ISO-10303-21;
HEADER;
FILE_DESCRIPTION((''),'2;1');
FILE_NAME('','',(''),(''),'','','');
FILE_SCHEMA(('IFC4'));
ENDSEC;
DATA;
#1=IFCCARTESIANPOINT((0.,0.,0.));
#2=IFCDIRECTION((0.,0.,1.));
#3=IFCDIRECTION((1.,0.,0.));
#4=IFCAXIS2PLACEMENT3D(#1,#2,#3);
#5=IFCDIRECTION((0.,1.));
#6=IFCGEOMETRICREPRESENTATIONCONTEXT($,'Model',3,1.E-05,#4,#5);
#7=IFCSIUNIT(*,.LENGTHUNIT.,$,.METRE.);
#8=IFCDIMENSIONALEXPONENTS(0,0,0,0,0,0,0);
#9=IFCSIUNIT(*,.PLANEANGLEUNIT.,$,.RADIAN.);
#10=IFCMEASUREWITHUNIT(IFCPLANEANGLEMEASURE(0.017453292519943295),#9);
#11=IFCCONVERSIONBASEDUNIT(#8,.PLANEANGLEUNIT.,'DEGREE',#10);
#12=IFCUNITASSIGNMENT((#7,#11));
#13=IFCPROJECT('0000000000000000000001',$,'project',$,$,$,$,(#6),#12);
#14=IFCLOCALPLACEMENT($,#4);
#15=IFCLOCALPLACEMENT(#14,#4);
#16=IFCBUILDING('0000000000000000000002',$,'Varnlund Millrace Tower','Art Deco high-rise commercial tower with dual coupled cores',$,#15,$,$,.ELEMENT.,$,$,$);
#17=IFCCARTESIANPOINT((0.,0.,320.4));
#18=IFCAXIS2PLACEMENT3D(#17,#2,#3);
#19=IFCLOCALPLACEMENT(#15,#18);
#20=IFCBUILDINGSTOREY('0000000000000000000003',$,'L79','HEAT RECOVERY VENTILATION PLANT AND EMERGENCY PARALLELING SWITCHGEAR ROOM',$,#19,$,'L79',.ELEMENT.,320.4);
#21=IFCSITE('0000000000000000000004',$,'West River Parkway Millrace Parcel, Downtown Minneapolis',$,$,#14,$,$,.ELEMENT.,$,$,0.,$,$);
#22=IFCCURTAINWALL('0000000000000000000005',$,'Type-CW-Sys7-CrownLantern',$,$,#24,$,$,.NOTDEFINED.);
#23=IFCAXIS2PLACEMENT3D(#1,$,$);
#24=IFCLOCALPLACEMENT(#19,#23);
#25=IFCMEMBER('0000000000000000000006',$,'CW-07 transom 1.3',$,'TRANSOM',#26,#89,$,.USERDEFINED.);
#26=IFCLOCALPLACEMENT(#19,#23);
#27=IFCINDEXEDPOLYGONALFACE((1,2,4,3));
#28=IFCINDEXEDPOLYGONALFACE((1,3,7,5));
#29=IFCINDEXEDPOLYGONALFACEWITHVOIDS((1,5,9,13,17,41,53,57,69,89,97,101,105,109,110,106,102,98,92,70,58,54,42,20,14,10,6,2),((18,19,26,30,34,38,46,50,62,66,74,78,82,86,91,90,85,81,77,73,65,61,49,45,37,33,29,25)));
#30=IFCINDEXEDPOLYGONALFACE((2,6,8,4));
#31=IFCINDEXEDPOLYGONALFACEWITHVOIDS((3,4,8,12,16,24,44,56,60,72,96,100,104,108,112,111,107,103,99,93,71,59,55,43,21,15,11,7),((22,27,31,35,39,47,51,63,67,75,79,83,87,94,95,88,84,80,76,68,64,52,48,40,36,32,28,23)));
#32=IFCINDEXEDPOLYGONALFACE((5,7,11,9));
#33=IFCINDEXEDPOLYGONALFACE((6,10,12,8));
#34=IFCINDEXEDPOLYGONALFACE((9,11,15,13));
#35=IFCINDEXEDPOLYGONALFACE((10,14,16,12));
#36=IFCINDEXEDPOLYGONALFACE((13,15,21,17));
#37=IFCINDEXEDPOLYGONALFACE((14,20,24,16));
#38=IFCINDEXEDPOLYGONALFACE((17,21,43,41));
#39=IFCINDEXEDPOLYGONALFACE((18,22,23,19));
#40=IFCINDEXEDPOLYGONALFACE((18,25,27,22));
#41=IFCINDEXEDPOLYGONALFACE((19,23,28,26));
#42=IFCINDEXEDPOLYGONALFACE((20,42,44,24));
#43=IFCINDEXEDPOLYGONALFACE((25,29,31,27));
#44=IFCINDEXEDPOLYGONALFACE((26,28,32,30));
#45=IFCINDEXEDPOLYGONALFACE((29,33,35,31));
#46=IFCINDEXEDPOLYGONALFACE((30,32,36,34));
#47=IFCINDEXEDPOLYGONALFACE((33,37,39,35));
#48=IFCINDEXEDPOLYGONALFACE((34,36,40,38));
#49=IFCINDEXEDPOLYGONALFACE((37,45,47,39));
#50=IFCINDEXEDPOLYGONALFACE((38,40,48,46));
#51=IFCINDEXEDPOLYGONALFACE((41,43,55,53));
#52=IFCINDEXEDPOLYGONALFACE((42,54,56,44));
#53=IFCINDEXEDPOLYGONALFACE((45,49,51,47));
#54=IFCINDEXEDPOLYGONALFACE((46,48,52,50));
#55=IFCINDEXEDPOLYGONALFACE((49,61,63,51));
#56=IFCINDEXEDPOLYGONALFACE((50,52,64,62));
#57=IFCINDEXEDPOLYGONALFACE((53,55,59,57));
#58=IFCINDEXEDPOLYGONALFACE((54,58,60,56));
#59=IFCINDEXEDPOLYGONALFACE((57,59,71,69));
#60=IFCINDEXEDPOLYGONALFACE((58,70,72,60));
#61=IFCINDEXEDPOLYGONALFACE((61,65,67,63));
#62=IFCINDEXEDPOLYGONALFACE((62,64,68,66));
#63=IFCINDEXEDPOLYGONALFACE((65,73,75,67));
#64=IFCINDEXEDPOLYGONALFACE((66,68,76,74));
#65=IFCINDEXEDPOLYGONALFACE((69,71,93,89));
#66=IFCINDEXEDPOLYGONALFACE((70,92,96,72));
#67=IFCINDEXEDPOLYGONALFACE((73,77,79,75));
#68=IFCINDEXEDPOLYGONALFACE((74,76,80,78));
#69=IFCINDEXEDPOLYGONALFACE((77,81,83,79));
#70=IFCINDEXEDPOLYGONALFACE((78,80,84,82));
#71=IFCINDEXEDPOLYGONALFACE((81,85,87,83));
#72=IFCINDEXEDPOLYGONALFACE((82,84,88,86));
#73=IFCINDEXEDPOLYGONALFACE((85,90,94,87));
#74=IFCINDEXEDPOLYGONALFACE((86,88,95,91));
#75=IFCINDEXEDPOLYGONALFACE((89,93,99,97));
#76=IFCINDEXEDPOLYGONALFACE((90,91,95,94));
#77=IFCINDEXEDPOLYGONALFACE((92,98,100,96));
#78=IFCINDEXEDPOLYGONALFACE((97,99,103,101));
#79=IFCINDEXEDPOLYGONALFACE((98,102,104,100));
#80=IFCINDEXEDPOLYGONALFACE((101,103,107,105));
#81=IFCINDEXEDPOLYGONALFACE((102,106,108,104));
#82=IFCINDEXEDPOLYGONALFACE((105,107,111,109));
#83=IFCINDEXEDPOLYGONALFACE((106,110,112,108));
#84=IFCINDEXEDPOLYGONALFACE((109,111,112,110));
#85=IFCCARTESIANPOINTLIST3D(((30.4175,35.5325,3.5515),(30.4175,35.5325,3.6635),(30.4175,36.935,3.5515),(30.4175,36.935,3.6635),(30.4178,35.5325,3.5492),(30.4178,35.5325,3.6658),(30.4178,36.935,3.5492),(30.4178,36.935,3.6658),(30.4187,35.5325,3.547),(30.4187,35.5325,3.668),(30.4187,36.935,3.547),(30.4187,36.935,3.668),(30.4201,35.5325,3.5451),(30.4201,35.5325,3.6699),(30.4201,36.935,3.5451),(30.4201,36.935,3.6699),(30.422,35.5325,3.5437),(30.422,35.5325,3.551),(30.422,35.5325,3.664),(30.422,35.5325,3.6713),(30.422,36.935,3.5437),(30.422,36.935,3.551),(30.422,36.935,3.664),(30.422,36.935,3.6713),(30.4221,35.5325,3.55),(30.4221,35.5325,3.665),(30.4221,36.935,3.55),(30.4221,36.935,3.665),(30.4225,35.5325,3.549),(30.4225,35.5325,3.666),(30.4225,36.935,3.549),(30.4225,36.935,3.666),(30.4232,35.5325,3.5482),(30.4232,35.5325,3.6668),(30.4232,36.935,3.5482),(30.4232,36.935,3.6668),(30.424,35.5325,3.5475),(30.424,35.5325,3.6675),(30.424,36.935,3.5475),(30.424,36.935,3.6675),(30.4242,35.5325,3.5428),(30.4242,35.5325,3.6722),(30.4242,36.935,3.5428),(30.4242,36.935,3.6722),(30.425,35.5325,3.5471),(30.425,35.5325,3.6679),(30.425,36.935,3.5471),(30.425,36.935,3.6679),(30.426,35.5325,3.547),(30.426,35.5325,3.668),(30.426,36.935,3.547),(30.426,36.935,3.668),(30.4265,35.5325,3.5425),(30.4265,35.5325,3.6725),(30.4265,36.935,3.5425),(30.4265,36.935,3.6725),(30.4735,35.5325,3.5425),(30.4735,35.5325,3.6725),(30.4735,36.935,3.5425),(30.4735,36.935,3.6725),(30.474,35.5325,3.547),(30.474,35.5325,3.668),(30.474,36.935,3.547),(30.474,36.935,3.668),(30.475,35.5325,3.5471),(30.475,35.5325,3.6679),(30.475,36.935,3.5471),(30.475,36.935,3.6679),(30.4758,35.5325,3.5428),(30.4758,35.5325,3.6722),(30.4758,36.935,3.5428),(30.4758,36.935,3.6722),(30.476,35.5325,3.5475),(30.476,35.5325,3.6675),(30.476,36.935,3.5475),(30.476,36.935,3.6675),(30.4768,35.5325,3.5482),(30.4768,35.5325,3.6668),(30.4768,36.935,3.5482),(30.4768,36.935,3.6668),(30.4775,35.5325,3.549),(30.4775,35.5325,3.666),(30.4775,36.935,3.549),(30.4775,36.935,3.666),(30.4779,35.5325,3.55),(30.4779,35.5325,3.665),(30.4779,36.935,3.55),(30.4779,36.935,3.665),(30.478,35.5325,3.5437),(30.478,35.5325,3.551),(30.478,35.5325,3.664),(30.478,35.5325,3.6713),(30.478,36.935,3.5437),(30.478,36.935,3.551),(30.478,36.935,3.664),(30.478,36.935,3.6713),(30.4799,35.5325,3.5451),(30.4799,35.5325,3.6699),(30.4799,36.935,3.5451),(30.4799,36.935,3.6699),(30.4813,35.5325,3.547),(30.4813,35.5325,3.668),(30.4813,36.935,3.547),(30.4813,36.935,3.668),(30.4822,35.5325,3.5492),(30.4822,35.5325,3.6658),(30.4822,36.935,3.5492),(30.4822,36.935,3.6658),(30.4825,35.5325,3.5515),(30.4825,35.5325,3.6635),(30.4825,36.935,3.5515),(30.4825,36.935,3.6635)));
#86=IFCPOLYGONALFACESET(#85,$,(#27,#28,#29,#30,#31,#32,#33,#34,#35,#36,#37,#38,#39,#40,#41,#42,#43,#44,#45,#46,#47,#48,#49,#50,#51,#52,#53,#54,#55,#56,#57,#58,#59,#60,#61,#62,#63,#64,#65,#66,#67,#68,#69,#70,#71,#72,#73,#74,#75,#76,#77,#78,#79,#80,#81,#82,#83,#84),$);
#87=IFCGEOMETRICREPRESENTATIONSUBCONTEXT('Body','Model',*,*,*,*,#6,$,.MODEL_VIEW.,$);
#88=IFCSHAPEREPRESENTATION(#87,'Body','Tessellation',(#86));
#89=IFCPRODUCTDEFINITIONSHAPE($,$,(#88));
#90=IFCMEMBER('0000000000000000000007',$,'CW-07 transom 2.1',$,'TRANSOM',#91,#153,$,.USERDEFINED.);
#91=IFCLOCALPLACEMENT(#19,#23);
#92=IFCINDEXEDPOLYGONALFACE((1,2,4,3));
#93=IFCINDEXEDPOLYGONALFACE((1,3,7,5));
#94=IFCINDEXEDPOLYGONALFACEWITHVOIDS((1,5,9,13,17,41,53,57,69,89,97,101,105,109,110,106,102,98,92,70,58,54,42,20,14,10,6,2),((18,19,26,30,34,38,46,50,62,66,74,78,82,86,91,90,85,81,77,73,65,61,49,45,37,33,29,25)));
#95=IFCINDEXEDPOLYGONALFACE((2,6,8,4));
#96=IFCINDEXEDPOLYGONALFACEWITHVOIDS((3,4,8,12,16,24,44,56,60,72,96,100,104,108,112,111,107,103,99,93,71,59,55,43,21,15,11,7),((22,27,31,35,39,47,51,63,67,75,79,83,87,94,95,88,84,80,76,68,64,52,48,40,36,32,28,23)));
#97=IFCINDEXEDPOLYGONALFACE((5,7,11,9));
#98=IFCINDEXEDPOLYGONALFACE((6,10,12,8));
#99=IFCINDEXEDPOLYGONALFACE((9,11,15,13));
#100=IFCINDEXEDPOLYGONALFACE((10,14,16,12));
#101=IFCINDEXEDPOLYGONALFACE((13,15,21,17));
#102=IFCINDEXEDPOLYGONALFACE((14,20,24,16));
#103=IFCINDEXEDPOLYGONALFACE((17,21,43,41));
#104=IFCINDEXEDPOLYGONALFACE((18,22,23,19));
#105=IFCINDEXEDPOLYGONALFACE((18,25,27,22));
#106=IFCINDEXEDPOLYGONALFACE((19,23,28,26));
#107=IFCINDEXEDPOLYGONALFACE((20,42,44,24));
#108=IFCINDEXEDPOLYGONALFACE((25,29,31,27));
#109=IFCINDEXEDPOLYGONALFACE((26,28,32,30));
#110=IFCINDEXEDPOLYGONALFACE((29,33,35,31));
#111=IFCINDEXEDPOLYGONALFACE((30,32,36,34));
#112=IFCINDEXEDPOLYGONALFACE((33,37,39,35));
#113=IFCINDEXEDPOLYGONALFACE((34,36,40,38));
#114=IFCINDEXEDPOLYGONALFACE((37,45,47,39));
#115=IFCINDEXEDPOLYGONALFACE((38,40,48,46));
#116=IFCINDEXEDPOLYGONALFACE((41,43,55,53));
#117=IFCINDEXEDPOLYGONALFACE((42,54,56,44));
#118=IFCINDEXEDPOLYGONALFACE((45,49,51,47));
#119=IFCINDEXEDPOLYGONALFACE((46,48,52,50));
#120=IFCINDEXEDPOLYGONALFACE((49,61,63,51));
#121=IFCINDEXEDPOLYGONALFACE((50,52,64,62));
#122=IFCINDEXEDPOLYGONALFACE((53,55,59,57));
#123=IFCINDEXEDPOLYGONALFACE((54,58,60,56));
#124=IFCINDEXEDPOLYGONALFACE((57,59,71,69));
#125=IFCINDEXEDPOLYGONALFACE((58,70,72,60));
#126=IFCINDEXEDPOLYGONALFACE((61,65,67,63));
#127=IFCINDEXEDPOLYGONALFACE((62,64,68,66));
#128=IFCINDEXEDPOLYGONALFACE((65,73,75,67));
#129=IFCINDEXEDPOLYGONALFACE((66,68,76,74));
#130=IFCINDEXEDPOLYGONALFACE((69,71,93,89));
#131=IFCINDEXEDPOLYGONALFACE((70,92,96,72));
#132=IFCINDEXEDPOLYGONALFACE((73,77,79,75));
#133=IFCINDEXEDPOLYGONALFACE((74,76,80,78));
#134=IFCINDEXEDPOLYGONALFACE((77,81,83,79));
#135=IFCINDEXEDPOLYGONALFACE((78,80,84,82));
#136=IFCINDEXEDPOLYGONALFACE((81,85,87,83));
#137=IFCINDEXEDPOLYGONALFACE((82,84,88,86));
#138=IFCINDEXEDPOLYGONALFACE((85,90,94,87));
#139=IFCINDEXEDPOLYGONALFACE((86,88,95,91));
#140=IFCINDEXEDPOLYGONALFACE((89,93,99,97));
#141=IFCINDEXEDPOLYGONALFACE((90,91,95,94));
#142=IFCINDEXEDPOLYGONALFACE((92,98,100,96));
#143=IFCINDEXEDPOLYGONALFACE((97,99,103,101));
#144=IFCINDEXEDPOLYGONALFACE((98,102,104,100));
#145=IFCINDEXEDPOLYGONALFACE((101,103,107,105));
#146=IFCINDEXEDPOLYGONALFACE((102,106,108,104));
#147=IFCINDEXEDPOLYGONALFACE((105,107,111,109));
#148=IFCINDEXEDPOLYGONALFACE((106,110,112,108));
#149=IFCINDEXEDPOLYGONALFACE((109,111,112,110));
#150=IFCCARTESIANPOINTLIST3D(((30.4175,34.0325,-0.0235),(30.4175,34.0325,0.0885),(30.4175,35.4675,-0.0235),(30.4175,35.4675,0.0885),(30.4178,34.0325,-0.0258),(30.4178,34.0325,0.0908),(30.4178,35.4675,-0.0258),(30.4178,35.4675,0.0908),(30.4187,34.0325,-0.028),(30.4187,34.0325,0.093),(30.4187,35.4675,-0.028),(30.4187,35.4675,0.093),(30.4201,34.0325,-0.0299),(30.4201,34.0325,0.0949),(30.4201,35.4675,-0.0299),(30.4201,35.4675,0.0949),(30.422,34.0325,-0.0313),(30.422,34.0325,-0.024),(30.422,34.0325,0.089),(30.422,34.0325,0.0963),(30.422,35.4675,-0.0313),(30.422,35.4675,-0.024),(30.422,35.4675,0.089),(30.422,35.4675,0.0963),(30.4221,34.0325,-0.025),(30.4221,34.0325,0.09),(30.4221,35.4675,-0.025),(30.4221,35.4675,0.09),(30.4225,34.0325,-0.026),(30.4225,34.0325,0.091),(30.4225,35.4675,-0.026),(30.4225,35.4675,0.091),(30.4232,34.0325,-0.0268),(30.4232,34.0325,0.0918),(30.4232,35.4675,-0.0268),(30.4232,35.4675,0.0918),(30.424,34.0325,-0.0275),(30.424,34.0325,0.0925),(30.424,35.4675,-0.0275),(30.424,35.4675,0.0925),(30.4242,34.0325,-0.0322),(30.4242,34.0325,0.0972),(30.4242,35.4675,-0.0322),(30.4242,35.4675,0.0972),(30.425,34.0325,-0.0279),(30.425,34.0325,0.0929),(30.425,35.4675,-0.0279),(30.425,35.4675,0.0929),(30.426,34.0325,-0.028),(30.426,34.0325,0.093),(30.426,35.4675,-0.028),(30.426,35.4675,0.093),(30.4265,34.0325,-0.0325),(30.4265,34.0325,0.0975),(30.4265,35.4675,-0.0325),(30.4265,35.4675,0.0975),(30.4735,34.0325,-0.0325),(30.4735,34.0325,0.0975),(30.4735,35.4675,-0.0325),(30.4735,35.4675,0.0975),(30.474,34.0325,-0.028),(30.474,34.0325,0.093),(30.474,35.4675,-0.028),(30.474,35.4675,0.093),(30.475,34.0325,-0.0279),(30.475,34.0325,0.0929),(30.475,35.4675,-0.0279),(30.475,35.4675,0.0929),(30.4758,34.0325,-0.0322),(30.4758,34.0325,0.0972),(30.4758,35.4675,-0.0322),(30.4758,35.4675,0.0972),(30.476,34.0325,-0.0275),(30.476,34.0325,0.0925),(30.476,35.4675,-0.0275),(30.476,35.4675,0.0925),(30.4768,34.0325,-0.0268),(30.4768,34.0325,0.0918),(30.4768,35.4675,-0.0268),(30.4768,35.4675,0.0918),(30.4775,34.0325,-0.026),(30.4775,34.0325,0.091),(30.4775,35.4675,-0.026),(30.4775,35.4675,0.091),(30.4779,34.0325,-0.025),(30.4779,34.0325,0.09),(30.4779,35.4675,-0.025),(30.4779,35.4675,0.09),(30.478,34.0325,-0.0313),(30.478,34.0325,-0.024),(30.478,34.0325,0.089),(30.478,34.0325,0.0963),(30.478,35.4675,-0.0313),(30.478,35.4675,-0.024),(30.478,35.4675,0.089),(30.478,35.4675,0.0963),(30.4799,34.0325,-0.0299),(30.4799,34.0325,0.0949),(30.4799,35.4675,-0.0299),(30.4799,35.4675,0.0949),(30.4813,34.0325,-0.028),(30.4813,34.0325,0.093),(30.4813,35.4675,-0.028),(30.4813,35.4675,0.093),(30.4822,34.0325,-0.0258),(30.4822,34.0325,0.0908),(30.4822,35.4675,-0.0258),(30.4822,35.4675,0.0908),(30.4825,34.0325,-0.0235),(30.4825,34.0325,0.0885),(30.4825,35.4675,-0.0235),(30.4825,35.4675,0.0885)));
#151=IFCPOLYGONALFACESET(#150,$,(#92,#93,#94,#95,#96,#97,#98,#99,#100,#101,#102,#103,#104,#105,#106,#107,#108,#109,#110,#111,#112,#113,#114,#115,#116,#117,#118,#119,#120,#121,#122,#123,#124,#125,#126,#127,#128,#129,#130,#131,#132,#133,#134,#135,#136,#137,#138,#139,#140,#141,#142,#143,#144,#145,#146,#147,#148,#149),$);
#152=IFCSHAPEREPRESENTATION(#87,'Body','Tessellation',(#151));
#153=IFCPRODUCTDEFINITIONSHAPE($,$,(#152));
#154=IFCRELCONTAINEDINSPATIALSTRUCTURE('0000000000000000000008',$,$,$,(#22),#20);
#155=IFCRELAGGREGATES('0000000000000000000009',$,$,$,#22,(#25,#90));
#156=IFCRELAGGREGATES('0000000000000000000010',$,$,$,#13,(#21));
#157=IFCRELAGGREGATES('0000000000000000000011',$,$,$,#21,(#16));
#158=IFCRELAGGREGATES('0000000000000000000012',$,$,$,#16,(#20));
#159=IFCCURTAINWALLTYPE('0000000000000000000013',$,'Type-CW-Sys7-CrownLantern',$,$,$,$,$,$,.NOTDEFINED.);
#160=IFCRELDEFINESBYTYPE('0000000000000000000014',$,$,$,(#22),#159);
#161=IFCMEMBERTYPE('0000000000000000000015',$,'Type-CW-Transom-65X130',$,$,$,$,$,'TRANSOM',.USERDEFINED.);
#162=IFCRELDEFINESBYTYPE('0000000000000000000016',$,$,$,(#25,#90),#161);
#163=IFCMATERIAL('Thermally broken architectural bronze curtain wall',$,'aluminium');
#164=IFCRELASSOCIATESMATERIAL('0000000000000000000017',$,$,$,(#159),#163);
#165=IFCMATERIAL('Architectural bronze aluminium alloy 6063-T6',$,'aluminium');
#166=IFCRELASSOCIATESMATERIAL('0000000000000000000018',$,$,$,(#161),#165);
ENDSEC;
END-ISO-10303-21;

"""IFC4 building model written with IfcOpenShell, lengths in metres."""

from ifc_helpers import new_model, entity, si_unit, converted_unit, direction, frame, origin_with_axes, origin_2d_with_axis, place, context, subcontext, project, spatial, hollow_rectangle, extrude, material, material_profile, profile_set, type_object, element, aggregate, save


model = new_model("IFC4")

# Units and contexts
model_context = context("Model", 3, precision=1e-05, world=origin_with_axes(), true_north=direction((0.0, 1.0)))
body_context = subcontext(model_context, "Body", "Model", "MODEL_VIEW")
ifc_project = project(units=[si_unit("LENGTHUNIT", "METRE"), converted_unit("PLANEANGLEUNIT", "DEGREE", entity("IfcPlaneAngleMeasure", 0.017453292519943295), si_unit("PLANEANGLEUNIT", "RADIAN"), dimensions=[0, 0, 0, 0, 0, 0, 0])], contexts=[model_context])

# Site, building, storey
site_placement = place(None, origin_with_axes())
site = spatial("IfcSite", under=ifc_project, at=site_placement, Name="West River Parkway Millrace Parcel, Downtown Minneapolis", CompositionType="ELEMENT", RefElevation=0.0)
building_placement = place(site_placement, origin_with_axes())
building = spatial("IfcBuilding", under=site, at=building_placement, Name="Varnlund Millrace Tower", Description="Art Deco high-rise commercial tower with dual coupled cores", CompositionType="ELEMENT")
storey_placement = place(building_placement, frame((0.0, 0.0, 320.4), z_axis=(0.0, 0.0, 1.0), x_axis=(1.0, 0.0, 0.0)))
storey = spatial("IfcBuildingStorey", under=building, at=storey_placement, Name="L79", Description="HEAT RECOVERY VENTILATION PLANT AND EMERGENCY PARALLELING SWITCHGEAR ROOM", LongName="L79", CompositionType="ELEMENT", Elevation=320.4)

# Curtain wall, members
ifc_material_1 = material(Name="Thermally broken architectural bronze curtain wall", Category="aluminium")
curtain_wall_type = type_object("IfcCurtainWallType", Name="Type-CW-Sys7-CrownLantern", PredefinedType="NOTDEFINED", material=ifc_material_1)
curtain_wall_1_placement = place(storey_placement, frame((30.45, 37.0, 0.0), z_axis=(0.0, 0.0, 1.0), x_axis=(1.0, 0.0, 0.0)))
curtain_wall_1 = element("IfcCurtainWall", 1, at=curtain_wall_1_placement, inside=storey, type_object=curtain_wall_type, Name="Type-CW-Sys7-CrownLantern", PredefinedType="NOTDEFINED")
ifc_material_2 = material(Name="Architectural bronze aluminium alloy 6063-T6", Category="aluminium")
ifc_material_profile_1 = material_profile(ifc_material_2, hollow_rectangle(XDim=0.065, YDim=0.13, WallThickness=0.0045, InnerFilletRadius=0.004, OuterFilletRadius=0.009, at=origin_2d_with_axis()), Name="Architectural bronze aluminium alloy 6063-T6")
ifc_profile_set_1 = profile_set([ifc_material_profile_1], Name="Architectural bronze aluminium alloy 6063-T6")
member_type = type_object("IfcMemberType", Name="Type-CW-Transom-65X130", ElementType="TRANSOM", PredefinedType="USERDEFINED", material=ifc_profile_set_1)
member_1_placement = place(storey_placement, frame((30.45, 36.935, 3.6075), z_axis=(0.0, -1.0, 0.0), x_axis=(1.0, 0.0, 0.0)))
member_1 = element("IfcMember", 2, at=member_1_placement, type_object=member_type, Name="CW-07 transom 1.3", ObjectType="TRANSOM", PredefinedType="USERDEFINED", context=body_context, shape_type="SweptSolid", body=[
    extrude(hollow_rectangle(XDim=0.065, YDim=0.13, WallThickness=0.0045, InnerFilletRadius=0.004, OuterFilletRadius=0.009, at=origin_2d_with_axis()), origin_with_axes(), (0.0, 0.0, 1.0), 1.4025),
])
member_2_placement = place(storey_placement, frame((30.45, 35.4675, 0.0325), z_axis=(0.0, -1.0, 0.0), x_axis=(1.0, 0.0, 0.0)))
member_2 = element("IfcMember", 3, at=member_2_placement, type_object=member_type, Name="CW-07 transom 2.1", ObjectType="TRANSOM", PredefinedType="USERDEFINED", context=body_context, shape_type="SweptSolid", body=[
    extrude(hollow_rectangle(XDim=0.065, YDim=0.13, WallThickness=0.0045, InnerFilletRadius=0.004, OuterFilletRadius=0.009, at=origin_2d_with_axis()), origin_with_axes(), (0.0, 0.0, 1.0), 1.435),
])

aggregate(curtain_wall_1, [member_1, member_2])

save(model, "model.ifc")
